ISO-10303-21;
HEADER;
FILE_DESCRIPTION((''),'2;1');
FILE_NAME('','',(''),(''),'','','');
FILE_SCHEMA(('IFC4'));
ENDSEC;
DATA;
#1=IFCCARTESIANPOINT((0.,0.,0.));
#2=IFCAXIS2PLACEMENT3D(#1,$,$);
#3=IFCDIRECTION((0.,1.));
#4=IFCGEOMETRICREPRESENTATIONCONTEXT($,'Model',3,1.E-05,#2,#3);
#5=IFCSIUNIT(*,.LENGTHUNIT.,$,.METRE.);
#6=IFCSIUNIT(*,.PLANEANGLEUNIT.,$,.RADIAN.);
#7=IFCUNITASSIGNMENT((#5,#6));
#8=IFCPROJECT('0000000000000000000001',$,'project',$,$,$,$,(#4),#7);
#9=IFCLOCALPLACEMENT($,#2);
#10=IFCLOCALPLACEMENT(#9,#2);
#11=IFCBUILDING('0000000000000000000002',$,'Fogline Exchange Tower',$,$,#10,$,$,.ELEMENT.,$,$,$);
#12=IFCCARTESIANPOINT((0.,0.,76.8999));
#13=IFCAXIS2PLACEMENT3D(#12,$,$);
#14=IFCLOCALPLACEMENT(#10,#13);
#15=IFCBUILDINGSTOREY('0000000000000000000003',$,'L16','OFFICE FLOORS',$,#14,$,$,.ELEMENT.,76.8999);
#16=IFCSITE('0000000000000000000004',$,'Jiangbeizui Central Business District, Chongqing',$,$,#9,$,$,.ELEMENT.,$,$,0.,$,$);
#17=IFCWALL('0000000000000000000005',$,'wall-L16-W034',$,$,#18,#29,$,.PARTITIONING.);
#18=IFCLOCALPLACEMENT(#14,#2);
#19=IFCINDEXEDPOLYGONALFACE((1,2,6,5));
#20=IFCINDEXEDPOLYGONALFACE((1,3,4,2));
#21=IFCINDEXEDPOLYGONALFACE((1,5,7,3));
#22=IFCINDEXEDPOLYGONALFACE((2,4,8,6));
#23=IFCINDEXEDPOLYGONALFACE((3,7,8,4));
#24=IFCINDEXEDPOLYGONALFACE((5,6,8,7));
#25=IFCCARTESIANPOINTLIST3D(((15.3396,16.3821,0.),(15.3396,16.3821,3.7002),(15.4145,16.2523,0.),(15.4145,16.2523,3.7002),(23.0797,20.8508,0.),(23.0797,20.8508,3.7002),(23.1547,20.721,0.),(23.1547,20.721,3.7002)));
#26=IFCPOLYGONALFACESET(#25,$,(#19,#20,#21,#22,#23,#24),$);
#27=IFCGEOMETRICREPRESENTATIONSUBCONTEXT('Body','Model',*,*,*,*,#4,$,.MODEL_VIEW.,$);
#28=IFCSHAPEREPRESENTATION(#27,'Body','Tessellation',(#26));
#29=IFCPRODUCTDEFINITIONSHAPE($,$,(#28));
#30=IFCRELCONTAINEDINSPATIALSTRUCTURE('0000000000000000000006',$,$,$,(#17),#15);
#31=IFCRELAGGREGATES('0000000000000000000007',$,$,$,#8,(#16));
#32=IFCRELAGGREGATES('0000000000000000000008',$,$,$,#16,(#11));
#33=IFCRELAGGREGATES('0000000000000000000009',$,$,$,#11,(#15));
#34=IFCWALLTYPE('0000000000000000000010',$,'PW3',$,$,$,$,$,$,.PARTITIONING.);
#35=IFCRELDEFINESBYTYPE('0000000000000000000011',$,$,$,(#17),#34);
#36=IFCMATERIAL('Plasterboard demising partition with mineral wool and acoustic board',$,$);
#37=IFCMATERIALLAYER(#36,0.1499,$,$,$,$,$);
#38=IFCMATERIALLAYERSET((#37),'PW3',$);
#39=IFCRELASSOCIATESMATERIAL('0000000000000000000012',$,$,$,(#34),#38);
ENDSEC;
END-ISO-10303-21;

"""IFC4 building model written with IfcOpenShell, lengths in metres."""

from ifc_helpers import new_model, si_unit, direction, frame, frame_2d, origin, place, context, subcontext, project, spatial, rectangle, extrude, material, layer, layer_set, type_object, element, save


model = new_model("IFC4")

# Units and contexts
model_context = context("Model", 3, precision=1e-05, world=origin(), true_north=direction((0.0, 1.0)))
body_context = subcontext(model_context, "Body", "Model", "MODEL_VIEW")
ifc_project = project(units=[si_unit("LENGTHUNIT", "METRE"), si_unit("PLANEANGLEUNIT", "RADIAN")], contexts=[model_context])

# Site, building, storey
site_placement = place(None, origin())
site = spatial("IfcSite", under=ifc_project, at=site_placement, Name="Jiangbeizui Central Business District, Chongqing", CompositionType="ELEMENT", RefElevation=0.0)
building_placement = place(site_placement, origin())
building = spatial("IfcBuilding", under=site, at=building_placement, Name="Fogline Exchange Tower", CompositionType="ELEMENT")
storey_placement = place(building_placement, frame((0.0, 0.0, 76.8999)))
storey = spatial("IfcBuildingStorey", under=building, at=storey_placement, Name="L16", Description="OFFICE FLOORS", CompositionType="ELEMENT", Elevation=76.8999)

# Wall
ifc_material_1 = material(Name="Plasterboard demising partition with mineral wool and acoustic board")
ifc_layer_1 = layer(ifc_material_1, 0.1499)
ifc_layer_set_1 = layer_set([ifc_layer_1], Name="PW3")
wall_type_1 = type_object("IfcWallType", Name="PW3", PredefinedType="PARTITIONING", material=ifc_layer_set_1)
wall_1_placement = place(storey_placement, frame((23.1172, 20.7859, 0.0), z_axis=(0.0, 0.0, 1.0), x_axis=(-0.866029, -0.499994, 0.0)))
element("IfcWall", 1, at=wall_1_placement, inside=storey, type_object=wall_type_1, Name="wall-L16-W034", PredefinedType="PARTITIONING", context=body_context, shape_type="SweptSolid", body=[
    extrude(rectangle(XDim=8.9375, YDim=0.1499, at=frame_2d((4.4688, 0.0))), origin(), (0.0, 0.0, 1.0), 3.7002),
])

save(model, "model.ifc")
